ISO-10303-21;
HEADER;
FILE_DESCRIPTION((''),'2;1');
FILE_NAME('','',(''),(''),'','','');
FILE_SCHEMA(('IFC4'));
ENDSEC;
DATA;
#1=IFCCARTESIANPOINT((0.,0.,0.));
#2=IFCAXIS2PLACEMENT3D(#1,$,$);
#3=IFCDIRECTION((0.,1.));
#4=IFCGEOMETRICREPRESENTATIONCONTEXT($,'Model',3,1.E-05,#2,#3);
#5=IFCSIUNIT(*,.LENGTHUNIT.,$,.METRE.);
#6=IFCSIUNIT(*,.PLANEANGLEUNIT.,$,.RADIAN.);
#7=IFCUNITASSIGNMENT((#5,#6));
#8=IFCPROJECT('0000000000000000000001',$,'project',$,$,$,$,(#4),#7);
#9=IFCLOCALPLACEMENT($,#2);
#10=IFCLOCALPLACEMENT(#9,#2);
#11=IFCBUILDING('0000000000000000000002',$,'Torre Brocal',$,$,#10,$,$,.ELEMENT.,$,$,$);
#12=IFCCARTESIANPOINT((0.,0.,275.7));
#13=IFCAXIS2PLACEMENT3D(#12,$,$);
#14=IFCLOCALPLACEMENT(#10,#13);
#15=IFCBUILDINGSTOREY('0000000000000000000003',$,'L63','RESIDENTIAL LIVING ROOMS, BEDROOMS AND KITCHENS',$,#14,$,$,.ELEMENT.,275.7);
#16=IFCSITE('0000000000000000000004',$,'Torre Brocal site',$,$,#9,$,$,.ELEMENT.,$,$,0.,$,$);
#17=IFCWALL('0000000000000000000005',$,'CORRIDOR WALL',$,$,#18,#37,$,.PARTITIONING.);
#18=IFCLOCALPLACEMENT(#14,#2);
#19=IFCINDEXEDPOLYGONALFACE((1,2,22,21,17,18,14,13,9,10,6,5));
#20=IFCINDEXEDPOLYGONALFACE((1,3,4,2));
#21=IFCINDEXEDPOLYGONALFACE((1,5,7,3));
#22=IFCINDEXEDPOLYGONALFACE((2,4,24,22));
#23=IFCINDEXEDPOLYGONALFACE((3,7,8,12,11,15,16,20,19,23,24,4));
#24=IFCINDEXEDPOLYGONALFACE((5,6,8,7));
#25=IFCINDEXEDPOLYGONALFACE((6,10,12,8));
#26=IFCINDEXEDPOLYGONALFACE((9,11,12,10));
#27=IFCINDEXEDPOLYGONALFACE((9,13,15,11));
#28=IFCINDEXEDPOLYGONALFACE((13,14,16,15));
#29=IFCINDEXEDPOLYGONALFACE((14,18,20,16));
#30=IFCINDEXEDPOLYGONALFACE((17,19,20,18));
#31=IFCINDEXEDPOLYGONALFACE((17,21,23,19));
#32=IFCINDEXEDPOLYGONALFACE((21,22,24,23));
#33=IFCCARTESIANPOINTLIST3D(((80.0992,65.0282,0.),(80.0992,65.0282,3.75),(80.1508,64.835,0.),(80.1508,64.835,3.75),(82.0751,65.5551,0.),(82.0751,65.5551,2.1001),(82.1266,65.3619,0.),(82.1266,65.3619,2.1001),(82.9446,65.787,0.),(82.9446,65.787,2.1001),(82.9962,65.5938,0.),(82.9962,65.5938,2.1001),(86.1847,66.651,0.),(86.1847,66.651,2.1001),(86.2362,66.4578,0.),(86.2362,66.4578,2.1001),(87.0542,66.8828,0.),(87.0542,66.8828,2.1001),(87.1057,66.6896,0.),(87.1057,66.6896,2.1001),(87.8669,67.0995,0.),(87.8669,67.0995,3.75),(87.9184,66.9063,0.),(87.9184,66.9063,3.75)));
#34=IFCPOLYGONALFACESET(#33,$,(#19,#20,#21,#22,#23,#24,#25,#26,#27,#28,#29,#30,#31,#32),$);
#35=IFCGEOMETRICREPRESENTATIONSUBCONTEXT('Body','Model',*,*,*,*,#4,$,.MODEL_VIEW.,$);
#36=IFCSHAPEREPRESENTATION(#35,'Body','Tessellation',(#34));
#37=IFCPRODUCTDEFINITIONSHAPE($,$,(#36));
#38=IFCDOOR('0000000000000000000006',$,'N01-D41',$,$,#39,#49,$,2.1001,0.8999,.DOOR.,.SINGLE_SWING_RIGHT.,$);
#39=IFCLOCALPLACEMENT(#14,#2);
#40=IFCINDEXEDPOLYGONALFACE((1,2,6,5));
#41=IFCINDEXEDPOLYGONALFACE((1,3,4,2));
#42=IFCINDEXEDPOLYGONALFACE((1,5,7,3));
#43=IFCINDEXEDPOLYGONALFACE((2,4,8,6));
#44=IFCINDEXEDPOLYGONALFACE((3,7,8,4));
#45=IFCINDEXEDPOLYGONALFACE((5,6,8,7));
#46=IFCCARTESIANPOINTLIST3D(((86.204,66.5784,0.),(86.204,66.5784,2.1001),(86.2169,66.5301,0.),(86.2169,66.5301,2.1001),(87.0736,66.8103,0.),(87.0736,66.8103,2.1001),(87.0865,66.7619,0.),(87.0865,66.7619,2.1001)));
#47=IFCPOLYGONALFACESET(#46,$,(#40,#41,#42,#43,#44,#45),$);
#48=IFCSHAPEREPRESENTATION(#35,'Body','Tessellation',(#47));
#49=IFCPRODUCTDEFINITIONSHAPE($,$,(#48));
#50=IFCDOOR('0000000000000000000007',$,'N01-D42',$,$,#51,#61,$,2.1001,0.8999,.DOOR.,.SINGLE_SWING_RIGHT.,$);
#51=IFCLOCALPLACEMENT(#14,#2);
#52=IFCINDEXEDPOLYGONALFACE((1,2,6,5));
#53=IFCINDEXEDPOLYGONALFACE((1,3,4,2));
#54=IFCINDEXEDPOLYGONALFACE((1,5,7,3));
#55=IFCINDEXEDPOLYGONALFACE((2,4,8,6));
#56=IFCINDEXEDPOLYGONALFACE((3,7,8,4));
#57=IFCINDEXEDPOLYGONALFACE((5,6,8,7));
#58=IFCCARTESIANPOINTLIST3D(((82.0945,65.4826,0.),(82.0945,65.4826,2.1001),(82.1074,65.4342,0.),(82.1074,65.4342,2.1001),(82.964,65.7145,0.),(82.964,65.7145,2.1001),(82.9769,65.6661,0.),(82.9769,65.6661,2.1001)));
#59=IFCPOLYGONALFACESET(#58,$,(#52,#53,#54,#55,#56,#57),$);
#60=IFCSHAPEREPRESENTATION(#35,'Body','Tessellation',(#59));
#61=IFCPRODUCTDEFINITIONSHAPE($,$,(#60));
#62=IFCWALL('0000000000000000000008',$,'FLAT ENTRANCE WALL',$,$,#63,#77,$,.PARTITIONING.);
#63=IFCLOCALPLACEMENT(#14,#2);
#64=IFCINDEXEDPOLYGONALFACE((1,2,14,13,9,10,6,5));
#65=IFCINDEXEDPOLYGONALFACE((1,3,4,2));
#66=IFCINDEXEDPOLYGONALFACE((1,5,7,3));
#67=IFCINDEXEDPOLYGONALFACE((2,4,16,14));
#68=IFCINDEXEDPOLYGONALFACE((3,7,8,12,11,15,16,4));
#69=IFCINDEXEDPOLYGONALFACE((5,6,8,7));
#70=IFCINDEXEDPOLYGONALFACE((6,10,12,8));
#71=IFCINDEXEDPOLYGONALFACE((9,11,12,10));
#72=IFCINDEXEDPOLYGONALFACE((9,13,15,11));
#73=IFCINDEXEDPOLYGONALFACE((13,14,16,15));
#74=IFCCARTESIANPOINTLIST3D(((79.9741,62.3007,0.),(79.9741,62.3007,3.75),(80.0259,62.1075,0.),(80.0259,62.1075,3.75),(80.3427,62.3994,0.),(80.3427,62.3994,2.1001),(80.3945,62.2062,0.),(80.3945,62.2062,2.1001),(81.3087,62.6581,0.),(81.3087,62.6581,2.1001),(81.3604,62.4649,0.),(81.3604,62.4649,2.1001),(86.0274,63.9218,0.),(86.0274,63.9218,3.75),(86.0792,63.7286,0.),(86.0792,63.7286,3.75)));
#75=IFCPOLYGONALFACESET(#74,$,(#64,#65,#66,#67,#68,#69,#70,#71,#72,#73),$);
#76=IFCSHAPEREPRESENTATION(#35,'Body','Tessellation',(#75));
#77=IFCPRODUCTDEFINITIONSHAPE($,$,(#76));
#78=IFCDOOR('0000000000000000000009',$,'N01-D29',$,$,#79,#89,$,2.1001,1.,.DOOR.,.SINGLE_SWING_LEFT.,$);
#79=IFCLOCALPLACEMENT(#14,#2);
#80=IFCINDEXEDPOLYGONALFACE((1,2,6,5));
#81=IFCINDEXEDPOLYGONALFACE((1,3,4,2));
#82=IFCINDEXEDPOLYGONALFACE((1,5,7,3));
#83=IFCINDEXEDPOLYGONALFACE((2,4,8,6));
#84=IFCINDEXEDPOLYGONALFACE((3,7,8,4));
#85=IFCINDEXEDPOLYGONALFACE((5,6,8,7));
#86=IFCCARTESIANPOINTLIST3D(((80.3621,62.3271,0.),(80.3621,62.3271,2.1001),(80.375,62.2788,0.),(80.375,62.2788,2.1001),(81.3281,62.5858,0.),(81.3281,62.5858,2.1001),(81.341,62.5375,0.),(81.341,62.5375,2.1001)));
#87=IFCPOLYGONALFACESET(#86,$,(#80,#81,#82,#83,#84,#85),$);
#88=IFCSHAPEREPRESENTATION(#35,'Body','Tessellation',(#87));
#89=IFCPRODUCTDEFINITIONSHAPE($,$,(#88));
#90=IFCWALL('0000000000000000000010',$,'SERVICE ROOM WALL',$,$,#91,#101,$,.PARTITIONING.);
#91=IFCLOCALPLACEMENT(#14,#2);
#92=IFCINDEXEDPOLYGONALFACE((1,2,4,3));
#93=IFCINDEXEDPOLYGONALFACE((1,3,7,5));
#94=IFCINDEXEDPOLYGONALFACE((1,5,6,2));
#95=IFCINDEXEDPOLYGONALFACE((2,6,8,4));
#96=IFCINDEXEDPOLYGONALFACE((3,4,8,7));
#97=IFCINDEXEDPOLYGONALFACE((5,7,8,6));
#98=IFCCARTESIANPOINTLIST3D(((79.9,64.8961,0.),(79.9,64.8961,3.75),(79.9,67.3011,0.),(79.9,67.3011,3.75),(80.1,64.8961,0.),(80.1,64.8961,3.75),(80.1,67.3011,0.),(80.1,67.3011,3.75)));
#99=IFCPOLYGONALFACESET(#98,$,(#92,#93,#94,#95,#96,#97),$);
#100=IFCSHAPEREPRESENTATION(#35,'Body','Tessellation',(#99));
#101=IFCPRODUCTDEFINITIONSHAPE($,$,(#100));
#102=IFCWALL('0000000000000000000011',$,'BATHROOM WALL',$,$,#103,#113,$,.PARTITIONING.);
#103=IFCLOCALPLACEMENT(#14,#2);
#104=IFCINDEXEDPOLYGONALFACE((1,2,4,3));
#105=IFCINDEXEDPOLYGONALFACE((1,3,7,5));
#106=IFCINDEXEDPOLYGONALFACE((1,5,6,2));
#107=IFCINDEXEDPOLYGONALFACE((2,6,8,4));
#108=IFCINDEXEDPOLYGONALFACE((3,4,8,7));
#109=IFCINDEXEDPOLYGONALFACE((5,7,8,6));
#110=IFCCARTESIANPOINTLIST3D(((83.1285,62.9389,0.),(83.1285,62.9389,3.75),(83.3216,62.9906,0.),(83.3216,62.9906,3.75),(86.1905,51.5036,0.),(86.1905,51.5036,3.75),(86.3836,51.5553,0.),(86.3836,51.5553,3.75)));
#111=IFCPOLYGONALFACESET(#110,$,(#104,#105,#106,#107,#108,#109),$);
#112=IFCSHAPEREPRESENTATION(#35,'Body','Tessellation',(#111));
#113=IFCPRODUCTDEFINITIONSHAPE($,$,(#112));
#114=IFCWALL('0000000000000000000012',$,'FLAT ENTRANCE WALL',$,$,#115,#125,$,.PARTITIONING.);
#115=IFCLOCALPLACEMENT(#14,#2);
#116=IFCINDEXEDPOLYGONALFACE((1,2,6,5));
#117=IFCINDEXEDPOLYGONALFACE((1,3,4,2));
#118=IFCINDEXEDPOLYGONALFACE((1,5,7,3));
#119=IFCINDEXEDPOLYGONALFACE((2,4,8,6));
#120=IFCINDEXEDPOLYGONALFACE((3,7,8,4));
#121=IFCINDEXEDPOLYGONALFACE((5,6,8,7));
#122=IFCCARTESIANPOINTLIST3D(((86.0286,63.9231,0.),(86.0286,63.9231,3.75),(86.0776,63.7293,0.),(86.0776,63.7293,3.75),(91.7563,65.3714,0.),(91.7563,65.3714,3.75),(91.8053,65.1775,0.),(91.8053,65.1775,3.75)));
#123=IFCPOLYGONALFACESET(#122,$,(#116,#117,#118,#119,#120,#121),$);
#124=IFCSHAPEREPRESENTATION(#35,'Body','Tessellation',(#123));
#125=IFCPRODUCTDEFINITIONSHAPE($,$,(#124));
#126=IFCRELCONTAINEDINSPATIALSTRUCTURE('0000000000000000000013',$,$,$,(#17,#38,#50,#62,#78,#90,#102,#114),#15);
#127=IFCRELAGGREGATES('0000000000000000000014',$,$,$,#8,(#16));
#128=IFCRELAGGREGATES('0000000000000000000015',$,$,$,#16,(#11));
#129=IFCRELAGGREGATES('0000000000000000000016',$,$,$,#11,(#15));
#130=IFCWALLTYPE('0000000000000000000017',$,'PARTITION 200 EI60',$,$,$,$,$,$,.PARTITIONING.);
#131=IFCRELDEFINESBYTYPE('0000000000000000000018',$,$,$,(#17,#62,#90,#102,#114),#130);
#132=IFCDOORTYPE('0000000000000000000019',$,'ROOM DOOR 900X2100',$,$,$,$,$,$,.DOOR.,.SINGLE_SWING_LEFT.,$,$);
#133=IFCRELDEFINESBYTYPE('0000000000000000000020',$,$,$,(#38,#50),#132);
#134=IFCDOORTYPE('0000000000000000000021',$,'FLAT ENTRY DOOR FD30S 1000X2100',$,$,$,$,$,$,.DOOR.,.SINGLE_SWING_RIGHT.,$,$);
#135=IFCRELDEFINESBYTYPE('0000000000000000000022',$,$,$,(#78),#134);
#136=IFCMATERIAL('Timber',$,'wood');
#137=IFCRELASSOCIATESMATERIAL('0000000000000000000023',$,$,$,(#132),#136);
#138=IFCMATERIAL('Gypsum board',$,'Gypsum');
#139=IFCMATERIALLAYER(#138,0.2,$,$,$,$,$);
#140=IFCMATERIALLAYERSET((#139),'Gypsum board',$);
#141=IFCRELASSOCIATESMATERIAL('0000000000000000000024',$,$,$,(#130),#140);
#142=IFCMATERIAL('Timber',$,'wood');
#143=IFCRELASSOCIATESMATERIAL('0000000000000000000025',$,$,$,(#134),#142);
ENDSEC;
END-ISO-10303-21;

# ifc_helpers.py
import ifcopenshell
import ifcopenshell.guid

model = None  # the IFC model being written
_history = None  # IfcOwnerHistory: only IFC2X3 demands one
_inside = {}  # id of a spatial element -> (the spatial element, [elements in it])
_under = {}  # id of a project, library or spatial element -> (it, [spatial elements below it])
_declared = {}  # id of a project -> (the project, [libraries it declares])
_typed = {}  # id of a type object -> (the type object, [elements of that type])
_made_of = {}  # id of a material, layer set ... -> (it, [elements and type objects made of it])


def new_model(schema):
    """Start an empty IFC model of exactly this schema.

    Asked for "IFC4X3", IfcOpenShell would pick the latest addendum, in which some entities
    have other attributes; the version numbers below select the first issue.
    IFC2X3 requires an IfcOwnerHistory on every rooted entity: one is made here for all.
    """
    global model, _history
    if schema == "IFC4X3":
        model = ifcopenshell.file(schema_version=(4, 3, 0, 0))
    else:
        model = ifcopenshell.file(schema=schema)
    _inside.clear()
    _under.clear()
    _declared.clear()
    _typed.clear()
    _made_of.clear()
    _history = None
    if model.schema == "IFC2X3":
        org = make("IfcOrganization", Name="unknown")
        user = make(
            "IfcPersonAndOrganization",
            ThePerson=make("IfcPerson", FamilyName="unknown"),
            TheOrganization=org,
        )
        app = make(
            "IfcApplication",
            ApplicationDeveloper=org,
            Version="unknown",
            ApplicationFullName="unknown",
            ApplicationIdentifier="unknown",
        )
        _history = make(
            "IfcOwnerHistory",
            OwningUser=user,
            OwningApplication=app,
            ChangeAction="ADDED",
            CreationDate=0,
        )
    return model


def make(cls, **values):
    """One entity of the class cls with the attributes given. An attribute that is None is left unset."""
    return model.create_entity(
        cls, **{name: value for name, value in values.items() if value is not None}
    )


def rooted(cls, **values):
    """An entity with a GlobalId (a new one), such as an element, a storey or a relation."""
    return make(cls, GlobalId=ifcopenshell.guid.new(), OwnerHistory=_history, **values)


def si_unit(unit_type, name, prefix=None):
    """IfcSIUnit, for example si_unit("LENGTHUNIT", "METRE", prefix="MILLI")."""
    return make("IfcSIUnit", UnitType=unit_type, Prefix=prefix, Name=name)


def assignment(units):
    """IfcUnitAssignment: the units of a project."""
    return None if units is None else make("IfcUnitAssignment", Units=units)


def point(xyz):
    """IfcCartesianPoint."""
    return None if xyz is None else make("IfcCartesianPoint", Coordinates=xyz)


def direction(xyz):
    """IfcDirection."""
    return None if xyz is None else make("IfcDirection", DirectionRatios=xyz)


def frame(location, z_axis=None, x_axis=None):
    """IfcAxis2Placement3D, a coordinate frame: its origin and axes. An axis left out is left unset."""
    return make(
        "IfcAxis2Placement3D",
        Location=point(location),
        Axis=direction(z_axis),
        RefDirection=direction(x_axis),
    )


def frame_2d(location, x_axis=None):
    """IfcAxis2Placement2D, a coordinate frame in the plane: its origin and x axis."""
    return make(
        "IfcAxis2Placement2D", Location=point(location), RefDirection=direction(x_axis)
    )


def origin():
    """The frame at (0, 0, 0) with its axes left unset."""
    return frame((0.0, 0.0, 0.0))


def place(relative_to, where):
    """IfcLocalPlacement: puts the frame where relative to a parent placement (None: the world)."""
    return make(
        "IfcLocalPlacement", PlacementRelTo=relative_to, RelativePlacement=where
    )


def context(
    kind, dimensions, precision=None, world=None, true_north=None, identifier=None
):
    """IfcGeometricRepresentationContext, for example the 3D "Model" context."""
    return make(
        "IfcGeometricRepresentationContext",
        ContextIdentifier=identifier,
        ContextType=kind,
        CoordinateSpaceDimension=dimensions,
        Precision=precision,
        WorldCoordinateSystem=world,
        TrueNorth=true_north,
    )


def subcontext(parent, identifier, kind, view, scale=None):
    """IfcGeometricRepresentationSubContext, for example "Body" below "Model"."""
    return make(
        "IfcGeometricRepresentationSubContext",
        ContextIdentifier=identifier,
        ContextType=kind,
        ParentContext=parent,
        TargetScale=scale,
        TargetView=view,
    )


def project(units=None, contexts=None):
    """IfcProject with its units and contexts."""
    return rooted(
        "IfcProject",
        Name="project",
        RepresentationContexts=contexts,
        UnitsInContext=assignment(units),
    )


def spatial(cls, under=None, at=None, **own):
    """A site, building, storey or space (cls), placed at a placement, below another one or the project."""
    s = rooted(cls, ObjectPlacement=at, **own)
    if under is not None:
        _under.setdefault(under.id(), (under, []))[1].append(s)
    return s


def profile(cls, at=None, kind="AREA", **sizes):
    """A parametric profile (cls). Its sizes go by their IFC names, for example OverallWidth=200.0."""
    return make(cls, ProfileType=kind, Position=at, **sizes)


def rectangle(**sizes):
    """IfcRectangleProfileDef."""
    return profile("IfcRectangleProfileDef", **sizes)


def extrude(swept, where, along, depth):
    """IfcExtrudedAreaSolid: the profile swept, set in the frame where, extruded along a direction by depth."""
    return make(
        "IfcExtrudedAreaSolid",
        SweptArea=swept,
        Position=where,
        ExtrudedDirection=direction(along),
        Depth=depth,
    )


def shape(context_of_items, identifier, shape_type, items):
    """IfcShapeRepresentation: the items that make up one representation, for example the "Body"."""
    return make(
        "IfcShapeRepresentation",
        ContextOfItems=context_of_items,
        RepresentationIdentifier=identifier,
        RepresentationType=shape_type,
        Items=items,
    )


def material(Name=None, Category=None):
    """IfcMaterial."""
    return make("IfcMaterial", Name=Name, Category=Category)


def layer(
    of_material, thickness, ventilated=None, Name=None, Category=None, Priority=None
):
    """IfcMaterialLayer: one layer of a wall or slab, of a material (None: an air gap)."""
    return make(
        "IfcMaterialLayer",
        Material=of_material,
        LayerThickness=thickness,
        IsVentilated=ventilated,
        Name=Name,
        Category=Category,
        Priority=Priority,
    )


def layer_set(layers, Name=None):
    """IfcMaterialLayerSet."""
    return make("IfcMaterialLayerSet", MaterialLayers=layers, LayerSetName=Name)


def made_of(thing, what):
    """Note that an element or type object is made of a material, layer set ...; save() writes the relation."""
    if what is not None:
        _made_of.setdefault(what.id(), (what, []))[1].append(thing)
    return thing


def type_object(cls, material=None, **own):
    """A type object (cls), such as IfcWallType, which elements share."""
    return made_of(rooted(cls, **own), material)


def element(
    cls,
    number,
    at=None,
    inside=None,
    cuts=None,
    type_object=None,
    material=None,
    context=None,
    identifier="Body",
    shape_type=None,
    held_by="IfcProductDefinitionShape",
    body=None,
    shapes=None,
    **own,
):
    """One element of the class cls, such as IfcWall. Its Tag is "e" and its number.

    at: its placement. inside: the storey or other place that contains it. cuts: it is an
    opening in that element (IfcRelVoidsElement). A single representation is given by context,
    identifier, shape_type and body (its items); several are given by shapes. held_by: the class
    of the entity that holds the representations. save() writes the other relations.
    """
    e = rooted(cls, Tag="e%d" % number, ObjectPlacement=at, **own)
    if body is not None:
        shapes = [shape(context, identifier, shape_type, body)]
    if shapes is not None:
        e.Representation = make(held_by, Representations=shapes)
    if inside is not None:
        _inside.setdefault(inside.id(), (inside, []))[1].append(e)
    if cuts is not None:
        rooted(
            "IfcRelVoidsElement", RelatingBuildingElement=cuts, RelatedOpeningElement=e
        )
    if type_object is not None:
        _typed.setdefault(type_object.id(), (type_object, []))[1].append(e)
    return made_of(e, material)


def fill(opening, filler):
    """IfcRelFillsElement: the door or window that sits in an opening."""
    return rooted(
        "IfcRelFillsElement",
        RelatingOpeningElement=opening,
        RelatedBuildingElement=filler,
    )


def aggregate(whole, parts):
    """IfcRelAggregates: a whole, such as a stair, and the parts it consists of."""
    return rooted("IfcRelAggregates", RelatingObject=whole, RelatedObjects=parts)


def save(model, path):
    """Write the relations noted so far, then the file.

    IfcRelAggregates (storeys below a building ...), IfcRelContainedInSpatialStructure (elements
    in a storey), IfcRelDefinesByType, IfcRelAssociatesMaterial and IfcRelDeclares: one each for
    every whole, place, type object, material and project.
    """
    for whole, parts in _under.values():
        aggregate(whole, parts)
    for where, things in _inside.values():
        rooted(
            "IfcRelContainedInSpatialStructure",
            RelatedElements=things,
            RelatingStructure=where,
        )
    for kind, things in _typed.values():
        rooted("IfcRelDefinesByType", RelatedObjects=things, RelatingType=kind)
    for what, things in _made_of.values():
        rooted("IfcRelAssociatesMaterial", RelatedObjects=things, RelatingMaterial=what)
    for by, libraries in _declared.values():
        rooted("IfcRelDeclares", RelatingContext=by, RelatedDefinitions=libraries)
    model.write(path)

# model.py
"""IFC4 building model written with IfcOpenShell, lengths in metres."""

from ifc_helpers import new_model, si_unit, direction, frame, frame_2d, origin, place, context, subcontext, project, spatial, rectangle, extrude, material, layer, layer_set, type_object, element, fill, save


model = new_model("IFC4")

# Units and contexts
model_context = context("Model", 3, precision=1e-05, world=origin(), true_north=direction((0.0, 1.0)))
body_context = subcontext(model_context, "Body", "Model", "MODEL_VIEW")
ifc_project = project(units=[si_unit("LENGTHUNIT", "METRE"), si_unit("PLANEANGLEUNIT", "RADIAN")], contexts=[model_context])

# Site, building, storey
site_placement = place(None, origin())
site = spatial("IfcSite", under=ifc_project, at=site_placement, Name="Torre Brocal site", CompositionType="ELEMENT", RefElevation=0.0)
building_placement = place(site_placement, origin())
building = spatial("IfcBuilding", under=site, at=building_placement, Name="Torre Brocal", CompositionType="ELEMENT")
storey_placement = place(building_placement, frame((0.0, 0.0, 275.7)))
storey = spatial("IfcBuildingStorey", under=building, at=storey_placement, Name="L63", Description="RESIDENTIAL LIVING ROOMS, BEDROOMS AND KITCHENS", CompositionType="ELEMENT", Elevation=275.7)

# Shared definitions
ifc_material_1 = material(Name="Timber", Category="wood")
door_type_1 = type_object("IfcDoorType", Name="ROOM DOOR 900X2100", OperationType="SINGLE_SWING_LEFT", PredefinedType="DOOR", material=ifc_material_1)

# Wall, openings, doors
ifc_material_2 = material(Name="Gypsum board", Category="Gypsum")
ifc_layer_1 = layer(ifc_material_2, 0.2)
ifc_layer_set_1 = layer_set([ifc_layer_1], Name="Gypsum board")
wall_type_1 = type_object("IfcWallType", Name="PARTITION 200 EI60", PredefinedType="PARTITIONING", material=ifc_layer_set_1)
wall_1_placement = place(storey_placement, frame((80.125, 64.9316, 0.0), z_axis=(0.0, 0.0, 1.0), x_axis=(0.966237, 0.257655, 0.0)))
wall_1 = element("IfcWall", 1, at=wall_1_placement, inside=storey, type_object=wall_type_1, Name="CORRIDOR WALL", PredefinedType="PARTITIONING", context=body_context, shape_type="SweptSolid", body=[
    extrude(rectangle(XDim=8.0391, YDim=0.2, at=frame_2d((4.0195, 0.0))), origin(), (0.0, 0.0, 1.0), 3.75),
])
opening_1_placement = place(wall_1_placement, frame((6.2981, 0.0, 0.0)))
opening_1 = element("IfcOpeningElement", 2, at=opening_1_placement, cuts=wall_1, PredefinedType="OPENING", context=body_context, shape_type="SweptSolid", body=[
    extrude(rectangle(XDim=0.8999, YDim=2.1001, at=frame_2d((0.45, 1.05))), frame((0.0, 0.1099, 0.0), z_axis=(0.0, -1.0, 0.0), x_axis=(1.0, 0.0, 0.0)), (0.0, 0.0, 1.0), 0.22),
])
opening_2_placement = place(wall_1_placement, frame((2.0449, 0.0, 0.0)))
opening_2 = element("IfcOpeningElement", 3, at=opening_2_placement, cuts=wall_1, PredefinedType="OPENING", context=body_context, shape_type="SweptSolid", body=[
    extrude(rectangle(XDim=0.8999, YDim=2.1001, at=frame_2d((0.45, 1.05))), frame((0.0, 0.1099, 0.0), z_axis=(0.0, -1.0, 0.0), x_axis=(1.0, 0.0, 0.0)), (0.0, 0.0, 1.0), 0.22),
])
door_1_placement = place(opening_1_placement, origin())
door_1 = element("IfcDoor", 4, at=door_1_placement, inside=storey, type_object=door_type_1, Name="N01-D41", OperationType="SINGLE_SWING_RIGHT", OverallHeight=2.1001, OverallWidth=0.8999, PredefinedType="DOOR", context=body_context, shape_type="SweptSolid", body=[
    extrude(rectangle(XDim=0.8999, YDim=2.1001, at=frame_2d((0.45, 1.05))), frame((0.0, 0.0249, 0.0), z_axis=(0.0, -1.0, 0.0), x_axis=(1.0, 0.0, 0.0)), (0.0, 0.0, 1.0), 0.05),
])
fill(opening_1, door_1)
door_2_placement = place(opening_2_placement, origin())
door_2 = element("IfcDoor", 5, at=door_2_placement, inside=storey, type_object=door_type_1, Name="N01-D42", OperationType="SINGLE_SWING_RIGHT", OverallHeight=2.1001, OverallWidth=0.8999, PredefinedType="DOOR", context=body_context, shape_type="SweptSolid", body=[
    extrude(rectangle(XDim=0.8999, YDim=2.1001, at=frame_2d((0.45, 1.05))), frame((0.0, 0.0249, 0.0), z_axis=(0.0, -1.0, 0.0), x_axis=(1.0, 0.0, 0.0)), (0.0, 0.0, 1.0), 0.05),
])
fill(opening_2, door_2)

# Wall, opening, door
wall_2_placement = place(storey_placement, frame((80.0, 62.2041, 0.0), z_axis=(0.0, 0.0, 1.0), x_axis=(0.96596, 0.258691, 0.0)))
wall_2 = element("IfcWall", 6, at=wall_2_placement, inside=storey, type_object=wall_type_1, Name="FLAT ENTRANCE WALL", PredefinedType="PARTITIONING", context=body_context, shape_type="SweptSolid", body=[
    extrude(rectangle(XDim=6.2666, YDim=0.2, at=frame_2d((3.1333, 0.0))), origin(), (0.0, 0.0, 1.0), 3.75),
])
opening_3_placement = place(wall_2_placement, frame((0.3816, 0.0, 0.0)))
opening_3 = element("IfcOpeningElement", 7, at=opening_3_placement, cuts=wall_2, PredefinedType="OPENING", context=body_context, shape_type="SweptSolid", body=[
    extrude(rectangle(XDim=1.0, YDim=2.1001, at=frame_2d((0.5, 1.05))), frame((0.0, 0.1099, 0.0), z_axis=(0.0, -1.0, 0.0), x_axis=(1.0, 0.0, 0.0)), (0.0, 0.0, 1.0), 0.22),
])
ifc_material_3 = material(Name="Timber", Category="wood")
door_type_2 = type_object("IfcDoorType", Name="FLAT ENTRY DOOR FD30S 1000X2100", OperationType="SINGLE_SWING_RIGHT", PredefinedType="DOOR", material=ifc_material_3)
door_3_placement = place(opening_3_placement, frame((1.0, 0.0, 0.0), z_axis=(0.0, 0.0, 1.0), x_axis=(-1.0, 0.0, 0.0)))
door_3 = element("IfcDoor", 8, at=door_3_placement, inside=storey, type_object=door_type_2, Name="N01-D29", OperationType="SINGLE_SWING_LEFT", OverallHeight=2.1001, OverallWidth=1.0, PredefinedType="DOOR", context=body_context, shape_type="SweptSolid", body=[
    extrude(rectangle(XDim=1.0, YDim=2.1001, at=frame_2d((0.5, 1.05))), frame((0.0, 0.0249, 0.0), z_axis=(0.0, -1.0, 0.0), x_axis=(1.0, 0.0, 0.0)), (0.0, 0.0, 1.0), 0.05),
])
fill(opening_3, door_3)

# Walls
wall_3_placement = place(storey_placement, frame((80.0, 64.896, 0.0), z_axis=(0.0, 0.0, 1.0), x_axis=(0.0, 1.0, 0.0)))
element("IfcWall", 9, at=wall_3_placement, inside=storey, type_object=wall_type_1, Name="SERVICE ROOM WALL", PredefinedType="PARTITIONING", context=body_context, shape_type="SweptSolid", body=[
    extrude(rectangle(XDim=2.405, YDim=0.2, at=frame_2d((1.2026, 0.0))), origin(), (0.0, 0.0, 1.0), 3.75),
])
wall_4_placement = place(storey_placement, frame((83.2251, 62.9646, 0.0), z_axis=(0.0, 0.0, 1.0), x_axis=(0.258656, -0.965969, 0.0)))
element("IfcWall", 10, at=wall_4_placement, inside=storey, type_object=wall_type_1, Name="BATHROOM WALL", PredefinedType="PARTITIONING", context=body_context, shape_type="SweptSolid", body=[
    extrude(rectangle(XDim=11.8381, YDim=0.2, at=frame_2d((5.9189, 0.0))), origin(), (0.0, 0.0, 1.0), 3.75),
])
wall_5_placement = place(storey_placement, frame((86.053, 63.8262, 0.0), z_axis=(0.0, 0.0, 1.0), x_axis=(0.96949, 0.245131, 0.0)))
element("IfcWall", 11, at=wall_5_placement, inside=storey, type_object=wall_type_1, Name="FLAT ENTRANCE WALL", PredefinedType="PARTITIONING", context=body_context, shape_type="SweptSolid", body=[
    extrude(rectangle(XDim=5.908, YDim=0.2, at=frame_2d((2.9541, 0.0))), origin(), (0.0, 0.0, 1.0), 3.75),
])

save(model, "model.ifc")
